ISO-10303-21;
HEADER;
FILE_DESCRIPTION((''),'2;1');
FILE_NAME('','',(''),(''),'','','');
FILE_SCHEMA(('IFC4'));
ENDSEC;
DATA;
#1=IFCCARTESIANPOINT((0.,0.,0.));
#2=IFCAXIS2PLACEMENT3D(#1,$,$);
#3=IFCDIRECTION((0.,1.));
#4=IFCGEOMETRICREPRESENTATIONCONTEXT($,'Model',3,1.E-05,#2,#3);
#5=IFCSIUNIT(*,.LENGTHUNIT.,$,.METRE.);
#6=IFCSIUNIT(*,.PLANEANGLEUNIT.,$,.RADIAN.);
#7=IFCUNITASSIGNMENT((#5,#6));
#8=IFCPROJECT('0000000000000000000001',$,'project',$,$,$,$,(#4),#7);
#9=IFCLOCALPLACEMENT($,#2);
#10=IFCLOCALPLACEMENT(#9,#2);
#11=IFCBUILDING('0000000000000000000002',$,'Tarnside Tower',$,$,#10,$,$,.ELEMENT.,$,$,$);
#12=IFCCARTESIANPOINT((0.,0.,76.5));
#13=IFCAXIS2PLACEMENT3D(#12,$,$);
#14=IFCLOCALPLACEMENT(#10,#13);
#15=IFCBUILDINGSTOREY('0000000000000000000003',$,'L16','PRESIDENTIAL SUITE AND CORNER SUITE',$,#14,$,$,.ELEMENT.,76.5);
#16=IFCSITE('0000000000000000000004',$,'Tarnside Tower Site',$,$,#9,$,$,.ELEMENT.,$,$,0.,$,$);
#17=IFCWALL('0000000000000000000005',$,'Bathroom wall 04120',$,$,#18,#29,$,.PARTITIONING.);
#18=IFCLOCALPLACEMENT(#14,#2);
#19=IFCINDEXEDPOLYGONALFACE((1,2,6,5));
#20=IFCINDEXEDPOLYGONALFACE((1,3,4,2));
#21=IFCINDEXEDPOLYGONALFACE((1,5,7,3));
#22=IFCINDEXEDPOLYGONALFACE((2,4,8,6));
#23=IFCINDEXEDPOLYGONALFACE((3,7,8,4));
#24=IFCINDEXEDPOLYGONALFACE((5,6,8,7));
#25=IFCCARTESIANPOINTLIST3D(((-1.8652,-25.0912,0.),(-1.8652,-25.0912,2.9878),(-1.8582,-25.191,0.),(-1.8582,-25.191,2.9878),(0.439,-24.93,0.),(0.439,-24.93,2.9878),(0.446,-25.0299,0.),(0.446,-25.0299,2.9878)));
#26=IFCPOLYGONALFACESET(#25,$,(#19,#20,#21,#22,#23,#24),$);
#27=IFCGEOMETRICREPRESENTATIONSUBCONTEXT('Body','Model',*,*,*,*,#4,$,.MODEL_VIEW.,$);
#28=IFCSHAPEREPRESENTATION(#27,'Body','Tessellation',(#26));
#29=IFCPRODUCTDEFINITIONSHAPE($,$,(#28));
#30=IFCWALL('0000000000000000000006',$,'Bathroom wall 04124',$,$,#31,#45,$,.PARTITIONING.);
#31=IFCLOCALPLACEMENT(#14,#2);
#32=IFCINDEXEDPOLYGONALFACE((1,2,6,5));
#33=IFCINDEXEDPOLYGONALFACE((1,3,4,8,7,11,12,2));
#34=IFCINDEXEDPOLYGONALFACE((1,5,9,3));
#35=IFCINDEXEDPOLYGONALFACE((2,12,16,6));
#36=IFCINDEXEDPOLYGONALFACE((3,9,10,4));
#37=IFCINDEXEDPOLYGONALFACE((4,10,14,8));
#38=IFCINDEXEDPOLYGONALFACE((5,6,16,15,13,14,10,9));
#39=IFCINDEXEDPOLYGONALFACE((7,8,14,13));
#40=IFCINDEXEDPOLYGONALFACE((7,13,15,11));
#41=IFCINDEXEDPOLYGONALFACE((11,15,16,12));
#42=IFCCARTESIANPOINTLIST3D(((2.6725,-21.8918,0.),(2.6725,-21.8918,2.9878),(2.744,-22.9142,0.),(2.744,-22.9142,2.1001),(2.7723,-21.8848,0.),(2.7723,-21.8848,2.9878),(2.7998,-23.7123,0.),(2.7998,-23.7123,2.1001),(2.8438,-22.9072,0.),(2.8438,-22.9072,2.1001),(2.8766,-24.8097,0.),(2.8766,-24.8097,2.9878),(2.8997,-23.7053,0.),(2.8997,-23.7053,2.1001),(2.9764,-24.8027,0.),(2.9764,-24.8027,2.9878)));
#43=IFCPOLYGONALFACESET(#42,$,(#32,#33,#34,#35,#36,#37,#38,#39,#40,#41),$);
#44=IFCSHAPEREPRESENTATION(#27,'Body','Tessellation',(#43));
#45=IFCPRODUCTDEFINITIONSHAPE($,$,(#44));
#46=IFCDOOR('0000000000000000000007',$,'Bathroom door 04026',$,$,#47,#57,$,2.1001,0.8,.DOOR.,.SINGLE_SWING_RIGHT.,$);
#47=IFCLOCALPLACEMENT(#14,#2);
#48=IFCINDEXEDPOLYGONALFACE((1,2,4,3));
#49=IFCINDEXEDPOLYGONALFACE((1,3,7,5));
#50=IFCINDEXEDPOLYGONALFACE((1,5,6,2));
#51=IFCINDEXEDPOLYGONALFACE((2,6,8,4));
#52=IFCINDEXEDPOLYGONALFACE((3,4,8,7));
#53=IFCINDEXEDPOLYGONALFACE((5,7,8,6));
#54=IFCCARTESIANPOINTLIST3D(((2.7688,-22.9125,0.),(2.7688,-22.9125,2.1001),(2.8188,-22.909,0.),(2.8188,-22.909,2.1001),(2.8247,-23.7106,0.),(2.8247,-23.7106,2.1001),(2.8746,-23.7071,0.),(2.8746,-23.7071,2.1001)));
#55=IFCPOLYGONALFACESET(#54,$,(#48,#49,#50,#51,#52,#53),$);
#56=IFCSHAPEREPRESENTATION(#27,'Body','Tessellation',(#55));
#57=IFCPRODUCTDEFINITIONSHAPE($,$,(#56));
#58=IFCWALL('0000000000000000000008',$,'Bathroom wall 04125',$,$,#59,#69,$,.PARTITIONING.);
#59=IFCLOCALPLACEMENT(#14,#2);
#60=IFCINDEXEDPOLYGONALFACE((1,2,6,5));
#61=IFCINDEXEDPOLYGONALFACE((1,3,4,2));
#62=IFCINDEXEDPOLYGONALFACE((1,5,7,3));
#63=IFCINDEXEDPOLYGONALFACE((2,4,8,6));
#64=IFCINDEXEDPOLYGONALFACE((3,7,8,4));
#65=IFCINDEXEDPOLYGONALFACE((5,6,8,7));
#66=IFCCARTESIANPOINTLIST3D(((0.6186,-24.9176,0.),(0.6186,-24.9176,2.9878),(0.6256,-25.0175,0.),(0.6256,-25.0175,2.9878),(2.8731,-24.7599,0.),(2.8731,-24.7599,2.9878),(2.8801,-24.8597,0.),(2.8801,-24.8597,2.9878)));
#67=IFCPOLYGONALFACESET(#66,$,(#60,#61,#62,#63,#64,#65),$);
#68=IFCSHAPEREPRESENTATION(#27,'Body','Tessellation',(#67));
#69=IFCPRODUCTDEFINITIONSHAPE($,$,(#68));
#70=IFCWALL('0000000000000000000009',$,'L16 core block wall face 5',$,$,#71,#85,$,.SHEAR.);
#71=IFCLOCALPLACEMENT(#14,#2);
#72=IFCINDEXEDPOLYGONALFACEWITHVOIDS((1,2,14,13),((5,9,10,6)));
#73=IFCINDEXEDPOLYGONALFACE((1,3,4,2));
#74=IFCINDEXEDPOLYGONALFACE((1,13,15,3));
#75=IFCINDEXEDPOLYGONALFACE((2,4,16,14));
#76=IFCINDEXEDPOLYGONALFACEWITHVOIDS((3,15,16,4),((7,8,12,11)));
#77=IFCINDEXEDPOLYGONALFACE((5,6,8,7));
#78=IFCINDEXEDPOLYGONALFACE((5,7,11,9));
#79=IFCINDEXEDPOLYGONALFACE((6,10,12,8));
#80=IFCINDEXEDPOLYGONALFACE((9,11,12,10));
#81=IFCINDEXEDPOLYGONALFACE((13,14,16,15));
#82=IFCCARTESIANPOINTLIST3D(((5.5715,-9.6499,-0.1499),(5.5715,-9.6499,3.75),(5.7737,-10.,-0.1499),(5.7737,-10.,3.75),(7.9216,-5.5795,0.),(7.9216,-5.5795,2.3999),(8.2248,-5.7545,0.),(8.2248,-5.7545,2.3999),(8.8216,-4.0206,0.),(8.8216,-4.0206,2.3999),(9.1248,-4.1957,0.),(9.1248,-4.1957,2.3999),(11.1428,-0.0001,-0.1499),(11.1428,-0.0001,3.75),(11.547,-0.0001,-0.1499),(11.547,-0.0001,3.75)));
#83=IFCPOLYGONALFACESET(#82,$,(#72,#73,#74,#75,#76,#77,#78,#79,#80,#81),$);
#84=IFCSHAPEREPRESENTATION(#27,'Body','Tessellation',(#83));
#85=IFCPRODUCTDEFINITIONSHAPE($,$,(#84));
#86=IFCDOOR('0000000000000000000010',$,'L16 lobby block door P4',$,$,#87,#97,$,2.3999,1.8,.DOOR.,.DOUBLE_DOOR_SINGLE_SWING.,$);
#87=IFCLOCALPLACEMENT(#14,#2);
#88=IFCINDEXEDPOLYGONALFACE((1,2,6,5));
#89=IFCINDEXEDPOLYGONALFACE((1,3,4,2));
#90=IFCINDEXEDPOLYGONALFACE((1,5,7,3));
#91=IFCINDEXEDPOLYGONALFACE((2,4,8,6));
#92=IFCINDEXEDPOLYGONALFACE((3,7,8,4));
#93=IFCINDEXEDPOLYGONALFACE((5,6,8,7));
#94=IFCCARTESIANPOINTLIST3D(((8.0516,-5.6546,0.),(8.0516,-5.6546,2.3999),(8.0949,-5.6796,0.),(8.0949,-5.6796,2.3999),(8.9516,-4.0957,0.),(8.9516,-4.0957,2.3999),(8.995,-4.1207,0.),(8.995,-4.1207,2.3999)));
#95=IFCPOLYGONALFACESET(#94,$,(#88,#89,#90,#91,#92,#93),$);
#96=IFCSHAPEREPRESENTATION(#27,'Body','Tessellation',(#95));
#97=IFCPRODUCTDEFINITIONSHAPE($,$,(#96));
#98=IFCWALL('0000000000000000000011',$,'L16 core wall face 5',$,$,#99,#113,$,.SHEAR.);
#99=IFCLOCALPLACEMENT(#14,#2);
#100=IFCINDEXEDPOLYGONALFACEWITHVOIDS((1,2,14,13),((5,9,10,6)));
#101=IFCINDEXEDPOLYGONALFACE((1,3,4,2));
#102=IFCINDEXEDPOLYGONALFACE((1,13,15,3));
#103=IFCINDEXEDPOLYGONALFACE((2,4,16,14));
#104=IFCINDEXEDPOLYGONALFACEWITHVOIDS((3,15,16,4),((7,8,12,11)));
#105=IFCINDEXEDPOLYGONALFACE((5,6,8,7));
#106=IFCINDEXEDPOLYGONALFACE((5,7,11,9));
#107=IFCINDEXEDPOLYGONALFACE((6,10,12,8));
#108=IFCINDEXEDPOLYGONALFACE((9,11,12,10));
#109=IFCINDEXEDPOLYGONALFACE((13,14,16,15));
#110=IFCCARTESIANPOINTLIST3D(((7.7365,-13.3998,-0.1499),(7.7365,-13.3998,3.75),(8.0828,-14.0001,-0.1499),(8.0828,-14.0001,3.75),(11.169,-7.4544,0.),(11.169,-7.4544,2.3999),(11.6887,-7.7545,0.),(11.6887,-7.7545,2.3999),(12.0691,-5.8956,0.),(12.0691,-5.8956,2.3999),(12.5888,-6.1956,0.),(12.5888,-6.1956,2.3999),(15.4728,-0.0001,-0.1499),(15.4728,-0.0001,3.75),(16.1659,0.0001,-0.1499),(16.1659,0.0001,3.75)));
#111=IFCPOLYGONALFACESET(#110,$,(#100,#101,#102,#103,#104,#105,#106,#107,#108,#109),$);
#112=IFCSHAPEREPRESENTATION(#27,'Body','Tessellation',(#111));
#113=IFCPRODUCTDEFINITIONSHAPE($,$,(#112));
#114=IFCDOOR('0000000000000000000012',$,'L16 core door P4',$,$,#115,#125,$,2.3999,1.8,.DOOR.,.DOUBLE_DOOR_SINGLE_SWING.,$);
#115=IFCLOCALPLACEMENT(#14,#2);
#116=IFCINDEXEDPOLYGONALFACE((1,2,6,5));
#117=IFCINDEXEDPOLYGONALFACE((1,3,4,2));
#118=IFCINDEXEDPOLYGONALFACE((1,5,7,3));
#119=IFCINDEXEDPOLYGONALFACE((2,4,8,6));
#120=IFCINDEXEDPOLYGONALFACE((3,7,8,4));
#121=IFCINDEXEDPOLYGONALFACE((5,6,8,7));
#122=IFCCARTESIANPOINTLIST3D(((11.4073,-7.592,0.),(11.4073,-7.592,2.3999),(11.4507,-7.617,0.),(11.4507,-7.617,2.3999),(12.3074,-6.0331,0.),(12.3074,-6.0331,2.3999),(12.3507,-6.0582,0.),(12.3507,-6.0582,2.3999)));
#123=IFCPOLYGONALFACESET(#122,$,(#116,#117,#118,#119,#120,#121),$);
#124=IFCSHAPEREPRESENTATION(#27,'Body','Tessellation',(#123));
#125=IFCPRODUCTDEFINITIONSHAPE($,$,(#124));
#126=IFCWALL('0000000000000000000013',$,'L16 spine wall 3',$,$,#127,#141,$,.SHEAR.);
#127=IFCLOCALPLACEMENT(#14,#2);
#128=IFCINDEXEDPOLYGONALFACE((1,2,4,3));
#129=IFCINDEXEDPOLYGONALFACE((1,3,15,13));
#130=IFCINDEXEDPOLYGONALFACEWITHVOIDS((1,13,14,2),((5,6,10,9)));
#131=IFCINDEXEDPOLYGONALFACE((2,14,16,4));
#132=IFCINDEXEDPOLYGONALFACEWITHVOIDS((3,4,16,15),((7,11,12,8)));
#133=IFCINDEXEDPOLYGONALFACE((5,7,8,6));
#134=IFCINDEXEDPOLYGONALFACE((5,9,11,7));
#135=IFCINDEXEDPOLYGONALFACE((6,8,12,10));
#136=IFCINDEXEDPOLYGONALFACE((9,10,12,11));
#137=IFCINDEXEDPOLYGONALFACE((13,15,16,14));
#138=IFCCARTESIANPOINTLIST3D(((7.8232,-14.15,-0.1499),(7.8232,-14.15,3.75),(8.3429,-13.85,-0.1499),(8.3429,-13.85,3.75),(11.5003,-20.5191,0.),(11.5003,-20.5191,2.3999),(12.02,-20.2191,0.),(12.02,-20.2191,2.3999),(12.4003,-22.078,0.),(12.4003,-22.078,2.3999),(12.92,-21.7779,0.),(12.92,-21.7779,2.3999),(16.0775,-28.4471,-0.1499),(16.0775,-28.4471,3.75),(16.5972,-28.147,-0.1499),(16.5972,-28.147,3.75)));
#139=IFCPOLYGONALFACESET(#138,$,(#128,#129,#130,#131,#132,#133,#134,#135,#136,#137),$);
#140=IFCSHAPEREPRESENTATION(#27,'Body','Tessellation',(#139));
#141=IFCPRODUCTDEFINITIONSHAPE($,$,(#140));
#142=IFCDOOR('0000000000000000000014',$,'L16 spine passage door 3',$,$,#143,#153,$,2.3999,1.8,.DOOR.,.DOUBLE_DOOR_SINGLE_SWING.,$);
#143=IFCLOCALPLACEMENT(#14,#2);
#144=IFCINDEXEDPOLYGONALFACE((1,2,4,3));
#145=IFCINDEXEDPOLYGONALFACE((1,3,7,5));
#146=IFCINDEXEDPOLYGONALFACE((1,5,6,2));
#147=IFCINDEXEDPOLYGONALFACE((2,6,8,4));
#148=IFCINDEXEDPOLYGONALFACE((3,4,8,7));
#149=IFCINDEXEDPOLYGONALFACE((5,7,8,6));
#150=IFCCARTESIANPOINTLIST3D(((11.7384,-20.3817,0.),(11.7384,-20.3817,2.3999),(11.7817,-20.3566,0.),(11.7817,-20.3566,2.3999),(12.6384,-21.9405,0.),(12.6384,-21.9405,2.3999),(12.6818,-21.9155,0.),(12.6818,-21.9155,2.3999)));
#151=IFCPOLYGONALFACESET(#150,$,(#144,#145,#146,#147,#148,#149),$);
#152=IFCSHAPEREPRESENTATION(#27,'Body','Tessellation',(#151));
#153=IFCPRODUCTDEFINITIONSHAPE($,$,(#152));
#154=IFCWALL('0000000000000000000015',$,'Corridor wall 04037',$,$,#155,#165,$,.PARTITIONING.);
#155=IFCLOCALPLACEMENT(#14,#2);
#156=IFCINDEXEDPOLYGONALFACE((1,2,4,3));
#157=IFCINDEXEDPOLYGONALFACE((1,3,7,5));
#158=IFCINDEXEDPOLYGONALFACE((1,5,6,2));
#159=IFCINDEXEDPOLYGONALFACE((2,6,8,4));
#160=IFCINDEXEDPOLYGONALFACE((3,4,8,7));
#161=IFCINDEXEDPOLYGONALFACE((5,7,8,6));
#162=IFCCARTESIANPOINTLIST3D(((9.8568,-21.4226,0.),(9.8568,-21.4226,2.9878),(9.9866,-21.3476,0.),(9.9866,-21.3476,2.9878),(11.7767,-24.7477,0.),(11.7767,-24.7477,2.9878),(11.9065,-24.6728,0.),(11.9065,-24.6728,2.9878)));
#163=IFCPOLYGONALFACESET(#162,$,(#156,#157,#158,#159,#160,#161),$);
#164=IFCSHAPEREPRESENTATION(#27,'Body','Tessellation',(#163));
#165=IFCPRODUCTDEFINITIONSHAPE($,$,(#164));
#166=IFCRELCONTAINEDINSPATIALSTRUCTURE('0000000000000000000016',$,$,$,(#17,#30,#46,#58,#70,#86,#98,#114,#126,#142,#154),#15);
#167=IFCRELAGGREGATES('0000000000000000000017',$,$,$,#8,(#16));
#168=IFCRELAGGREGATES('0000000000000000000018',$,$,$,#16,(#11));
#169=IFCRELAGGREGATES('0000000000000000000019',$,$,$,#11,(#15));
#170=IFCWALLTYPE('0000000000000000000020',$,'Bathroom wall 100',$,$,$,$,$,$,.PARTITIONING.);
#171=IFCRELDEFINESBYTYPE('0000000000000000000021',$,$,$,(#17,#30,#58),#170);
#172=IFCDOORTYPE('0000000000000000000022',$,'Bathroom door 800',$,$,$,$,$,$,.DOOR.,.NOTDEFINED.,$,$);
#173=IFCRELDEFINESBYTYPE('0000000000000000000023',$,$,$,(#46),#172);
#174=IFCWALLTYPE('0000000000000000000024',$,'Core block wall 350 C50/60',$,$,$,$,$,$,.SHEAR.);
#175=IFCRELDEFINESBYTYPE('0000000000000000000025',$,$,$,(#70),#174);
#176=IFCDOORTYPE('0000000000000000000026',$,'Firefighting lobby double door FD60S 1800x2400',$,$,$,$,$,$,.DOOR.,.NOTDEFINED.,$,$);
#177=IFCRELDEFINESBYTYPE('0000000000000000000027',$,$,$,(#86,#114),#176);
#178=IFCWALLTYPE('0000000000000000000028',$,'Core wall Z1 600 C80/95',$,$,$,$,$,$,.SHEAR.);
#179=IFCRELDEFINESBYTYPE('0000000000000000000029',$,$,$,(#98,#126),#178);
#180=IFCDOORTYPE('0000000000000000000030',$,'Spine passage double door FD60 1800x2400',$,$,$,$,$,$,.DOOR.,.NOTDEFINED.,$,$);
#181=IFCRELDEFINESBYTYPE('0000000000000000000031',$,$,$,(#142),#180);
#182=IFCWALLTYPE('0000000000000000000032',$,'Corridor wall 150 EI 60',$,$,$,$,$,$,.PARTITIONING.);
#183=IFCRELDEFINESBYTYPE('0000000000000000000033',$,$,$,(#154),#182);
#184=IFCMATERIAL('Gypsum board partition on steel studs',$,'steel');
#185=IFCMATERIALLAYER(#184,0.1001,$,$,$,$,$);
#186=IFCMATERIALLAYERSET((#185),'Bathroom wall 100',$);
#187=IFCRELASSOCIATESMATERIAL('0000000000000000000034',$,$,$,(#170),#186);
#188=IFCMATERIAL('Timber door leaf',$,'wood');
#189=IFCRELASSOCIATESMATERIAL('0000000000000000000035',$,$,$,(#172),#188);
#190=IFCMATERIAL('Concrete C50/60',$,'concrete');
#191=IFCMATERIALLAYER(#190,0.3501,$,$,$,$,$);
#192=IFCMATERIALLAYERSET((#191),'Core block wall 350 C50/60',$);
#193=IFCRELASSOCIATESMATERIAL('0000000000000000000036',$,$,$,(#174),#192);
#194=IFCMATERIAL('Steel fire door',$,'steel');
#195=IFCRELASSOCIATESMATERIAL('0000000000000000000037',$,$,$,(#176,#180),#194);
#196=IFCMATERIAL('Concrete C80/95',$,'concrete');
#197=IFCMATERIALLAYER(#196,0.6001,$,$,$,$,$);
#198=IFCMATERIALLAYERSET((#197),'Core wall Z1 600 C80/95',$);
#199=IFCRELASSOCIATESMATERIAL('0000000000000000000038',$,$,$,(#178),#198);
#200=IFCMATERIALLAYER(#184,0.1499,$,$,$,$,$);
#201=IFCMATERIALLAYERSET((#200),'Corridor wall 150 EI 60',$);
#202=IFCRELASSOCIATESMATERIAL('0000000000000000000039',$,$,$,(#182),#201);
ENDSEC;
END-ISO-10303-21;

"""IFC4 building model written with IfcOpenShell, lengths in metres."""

from ifc_helpers import new_model, si_unit, direction, frame, frame_2d, origin, place, context, subcontext, project, spatial, polyline, rectangle, outline, extrude, material, layer, layer_set, type_object, element, fill, save


model = new_model("IFC4")

# Units and contexts
model_context = context("Model", 3, precision=1e-05, world=origin(), true_north=direction((0.0, 1.0)))
body_context = subcontext(model_context, "Body", "Model", "MODEL_VIEW")
ifc_project = project(units=[si_unit("LENGTHUNIT", "METRE"), si_unit("PLANEANGLEUNIT", "RADIAN")], contexts=[model_context])

# Site, building, storey
site_placement = place(None, origin())
site = spatial("IfcSite", under=ifc_project, at=site_placement, Name="Tarnside Tower Site", CompositionType="ELEMENT", RefElevation=0.0)
building_placement = place(site_placement, origin())
building = spatial("IfcBuilding", under=site, at=building_placement, Name="Tarnside Tower", CompositionType="ELEMENT")
storey_placement = place(building_placement, frame((0.0, 0.0, 76.5)))
storey = spatial("IfcBuildingStorey", under=building, at=storey_placement, Name="L16", Description="PRESIDENTIAL SUITE AND CORNER SUITE", CompositionType="ELEMENT", Elevation=76.5)

# Wall
ifc_material_1 = material(Name="Gypsum board partition on steel studs", Category="steel")
ifc_layer_1 = layer(ifc_material_1, 0.1001)
ifc_layer_set_1 = layer_set([ifc_layer_1], Name="Bathroom wall 100")
wall_type_1 = type_object("IfcWallType", Name="Bathroom wall 100", PredefinedType="PARTITIONING", material=ifc_layer_set_1)
wall_1_placement = place(storey_placement, frame((0.4424, -24.98, 0.0), z_axis=(0.0, 0.0, 1.0), x_axis=(-0.997564, -0.06976, 0.0)))
element("IfcWall", 1, at=wall_1_placement, inside=storey, type_object=wall_type_1, Name="Bathroom wall 04120", PredefinedType="PARTITIONING", context=body_context, shape_type="SweptSolid", body=[
    extrude(rectangle(XDim=2.3098, YDim=0.1001, at=frame_2d((1.1548, 0.0))), origin(), (0.0, 0.0, 1.0), 2.9878),
])

# Wall, opening, door
wall_2_placement = place(storey_placement, frame((2.7224, -21.8884, 0.0), z_axis=(0.0, 0.0, 1.0), x_axis=(0.069776, -0.997563, 0.0)))
wall_2 = element("IfcWall", 2, at=wall_2_placement, inside=storey, type_object=wall_type_1, Name="Bathroom wall 04124", PredefinedType="PARTITIONING", context=body_context, shape_type="SweptSolid", body=[
    extrude(rectangle(XDim=2.925, YDim=0.1001, at=frame_2d((1.4624, 0.0))), origin(), (0.0, 0.0, 1.0), 2.9878),
])
opening_1_placement = place(wall_2_placement, frame((1.0249, 0.0, 0.0)))
opening_1 = element("IfcOpeningElement", 3, at=opening_1_placement, cuts=wall_2, PredefinedType="OPENING", context=body_context, shape_type="SweptSolid", body=[
    extrude(rectangle(XDim=0.8, YDim=2.1001, at=frame_2d((0.3999, 1.05))), frame((0.0, 0.0601, 0.0), z_axis=(0.0, -1.0, 0.0), x_axis=(1.0, 0.0, 0.0)), (0.0, 0.0, 1.0), 0.1201),
])
ifc_material_2 = material(Name="Timber door leaf", Category="wood")
door_type_1 = type_object("IfcDoorType", Name="Bathroom door 800", OperationType="NOTDEFINED", PredefinedType="DOOR", material=ifc_material_2)
door_1_placement = place(opening_1_placement, origin())
door_1 = element("IfcDoor", 4, at=door_1_placement, inside=storey, type_object=door_type_1, Name="Bathroom door 04026", OperationType="SINGLE_SWING_RIGHT", OverallHeight=2.1001, OverallWidth=0.8, PredefinedType="DOOR", context=body_context, shape_type="SweptSolid", body=[
    extrude(rectangle(XDim=0.8, YDim=2.1001, at=frame_2d((0.3999, 1.05))), frame((0.0, 0.0249, 0.0), z_axis=(0.0, -1.0, 0.0), x_axis=(1.0, 0.0, 0.0)), (0.0, 0.0, 1.0), 0.05),
])
fill(opening_1, door_1)

# Wall
wall_3_placement = place(storey_placement, frame((2.8765, -24.8098, 0.0), z_axis=(0.0, 0.0, 1.0), x_axis=(-0.997562, -0.069788, 0.0)))
element("IfcWall", 5, at=wall_3_placement, inside=storey, type_object=wall_type_1, Name="Bathroom wall 04125", PredefinedType="PARTITIONING", context=body_context, shape_type="SweptSolid", body=[
    extrude(rectangle(XDim=2.26, YDim=0.1001, at=frame_2d((1.1299, 0.0))), origin(), (0.0, 0.0, 1.0), 2.9878),
])

# Walls, openings, doors
ifc_material_3 = material(Name="Concrete C50/60", Category="concrete")
ifc_layer_2 = layer(ifc_material_3, 0.3501)
ifc_layer_set_2 = layer_set([ifc_layer_2], Name="Core block wall 350 C50/60")
wall_type_2 = type_object("IfcWallType", Name="Core block wall 350 C50/60", PredefinedType="SHEAR", material=ifc_layer_set_2)
wall_4_placement = place(storey_placement, frame((5.6726, -9.825, -0.1499), z_axis=(0.0, 0.0, 1.0), x_axis=(0.499995, 0.866028, 0.0)))
wall_4 = element("IfcWall", 6, at=wall_4_placement, inside=storey, type_object=wall_type_2, Name="L16 core block wall face 5", PredefinedType="SHEAR", context=body_context, shape_type="SweptSolid", body=[
    extrude(outline(polyline([(-0.1011, -0.175), (11.4458, -0.175), (11.2437, 0.175), (0.1011, 0.175), (-0.1011, -0.175)])), origin(), (0.0, 0.0, 1.0), 3.8999),
])
opening_2_placement = place(wall_4_placement, frame((4.8013, 0.0, 0.1499)))
opening_2 = element("IfcOpeningElement", 7, at=opening_2_placement, cuts=wall_4, PredefinedType="OPENING", context=body_context, shape_type="SweptSolid", body=[
    extrude(rectangle(XDim=1.8, YDim=2.3999, at=frame_2d((0.8999, 1.2))), frame((0.0, 0.1851, 0.0), z_axis=(0.0, -1.0, 0.0), x_axis=(1.0, 0.0, 0.0)), (0.0, 0.0, 1.0), 0.3701),
])
ifc_material_4 = material(Name="Steel fire door", Category="steel")
door_type_2 = type_object("IfcDoorType", Name="Firefighting lobby double door FD60S 1800x2400", OperationType="NOTDEFINED", PredefinedType="DOOR", material=ifc_material_4)
door_2_placement = place(opening_2_placement, origin())
door_2 = element("IfcDoor", 8, at=door_2_placement, inside=storey, type_object=door_type_2, Name="L16 lobby block door P4", OperationType="DOUBLE_DOOR_SINGLE_SWING", OverallHeight=2.3999, OverallWidth=1.8, PredefinedType="DOOR", context=body_context, shape_type="SweptSolid", body=[
    extrude(rectangle(XDim=1.8, YDim=2.3999, at=frame_2d((0.8999, 1.2))), frame((0.0, 0.0249, 0.0), z_axis=(0.0, -1.0, 0.0), x_axis=(1.0, 0.0, 0.0)), (0.0, 0.0, 1.0), 0.05),
])
fill(opening_2, door_2)
ifc_material_5 = material(Name="Concrete C80/95", Category="concrete")
ifc_layer_3 = layer(ifc_material_5, 0.6001)
ifc_layer_set_3 = layer_set([ifc_layer_3], Name="Core wall Z1 600 C80/95")
wall_type_3 = type_object("IfcWallType", Name="Core wall Z1 600 C80/95", PredefinedType="SHEAR", material=ifc_layer_set_3)
wall_5_placement = place(storey_placement, frame((7.9097, -13.7, -0.1499), z_axis=(0.0, 0.0, 1.0), x_axis=(0.5, 0.866025, 0.0)))
wall_5 = element("IfcWall", 9, at=wall_5_placement, inside=storey, type_object=wall_type_3, Name="L16 core wall face 5", PredefinedType="SHEAR", context=body_context, shape_type="SweptSolid", body=[
    extrude(outline(polyline([(-0.1733, -0.3), (15.9927, -0.3), (15.646, 0.3), (0.1733, 0.3), (-0.1733, -0.3)])), origin(), (0.0, 0.0, 1.0), 3.8999),
])
opening_3_placement = place(wall_5_placement, frame((7.0386, 0.0, 0.1499)))
opening_3 = element("IfcOpeningElement", 10, at=opening_3_placement, cuts=wall_5, PredefinedType="OPENING", context=body_context, shape_type="SweptSolid", body=[
    extrude(rectangle(XDim=1.8, YDim=2.3999, at=frame_2d((0.8999, 1.2))), frame((0.0, 0.3101, 0.0), z_axis=(0.0, -1.0, 0.0), x_axis=(1.0, 0.0, 0.0)), (0.0, 0.0, 1.0), 0.6201),
])
door_3_placement = place(opening_3_placement, origin())
door_3 = element("IfcDoor", 11, at=door_3_placement, inside=storey, type_object=door_type_2, Name="L16 core door P4", OperationType="DOUBLE_DOOR_SINGLE_SWING", OverallHeight=2.3999, OverallWidth=1.8, PredefinedType="DOOR", context=body_context, shape_type="SweptSolid", body=[
    extrude(rectangle(XDim=1.8, YDim=2.3999, at=frame_2d((0.8999, 1.2))), frame((0.0, 0.0249, 0.0), z_axis=(0.0, -1.0, 0.0), x_axis=(1.0, 0.0, 0.0)), (0.0, 0.0, 1.0), 0.05),
])
fill(opening_3, door_3)
wall_6_placement = place(storey_placement, frame((8.083, -14.0, -0.1499), z_axis=(0.0, 0.0, 1.0), x_axis=(0.499998, -0.866027, 0.0)))
wall_6 = element("IfcWall", 12, at=wall_6_placement, inside=storey, type_object=wall_type_3, Name="L16 spine wall 3", PredefinedType="SHEAR", context=body_context, shape_type="SweptSolid", body=[
    extrude(rectangle(XDim=16.5088, YDim=0.6001, at=frame_2d((8.2544, 0.0))), origin(), (0.0, 0.0, 1.0), 3.8999),
])
opening_4_placement = place(wall_6_placement, frame((7.3545, 0.0, 0.1499)))
opening_4 = element("IfcOpeningElement", 13, at=opening_4_placement, cuts=wall_6, PredefinedType="OPENING", context=body_context, shape_type="SweptSolid", body=[
    extrude(rectangle(XDim=1.8, YDim=2.3999, at=frame_2d((0.8999, 1.2))), frame((0.0, 0.3101, 0.0), z_axis=(0.0, -1.0, 0.0), x_axis=(1.0, 0.0, 0.0)), (0.0, 0.0, 1.0), 0.6201),
])
door_type_3 = type_object("IfcDoorType", Name="Spine passage double door FD60 1800x2400", OperationType="NOTDEFINED", PredefinedType="DOOR", material=ifc_material_4)
door_4_placement = place(opening_4_placement, origin())
door_4 = element("IfcDoor", 14, at=door_4_placement, inside=storey, type_object=door_type_3, Name="L16 spine passage door 3", OperationType="DOUBLE_DOOR_SINGLE_SWING", OverallHeight=2.3999, OverallWidth=1.8, PredefinedType="DOOR", context=body_context, shape_type="SweptSolid", body=[
    extrude(rectangle(XDim=1.8, YDim=2.3999, at=frame_2d((0.8999, 1.2))), frame((0.0, 0.0249, 0.0), z_axis=(0.0, -1.0, 0.0), x_axis=(1.0, 0.0, 0.0)), (0.0, 0.0, 1.0), 0.05),
])
fill(opening_4, door_4)

# Wall
ifc_layer_4 = layer(ifc_material_1, 0.1499)
ifc_layer_set_4 = layer_set([ifc_layer_4], Name="Corridor wall 150 EI 60")
wall_type_4 = type_object("IfcWallType", Name="Corridor wall 150 EI 60", PredefinedType="PARTITIONING", material=ifc_layer_set_4)
wall_7_placement = place(storey_placement, frame((9.9216, -21.385, 0.0), z_axis=(0.0, 0.0, 1.0), x_axis=(0.500023, -0.866012, 0.0)))
element("IfcWall", 15, at=wall_7_placement, inside=storey, type_object=wall_type_4, Name="Corridor wall 04037", PredefinedType="PARTITIONING", context=body_context, shape_type="SweptSolid", body=[
    extrude(rectangle(XDim=3.8396, YDim=0.1499, at=frame_2d((1.9199, 0.0))), origin(), (0.0, 0.0, 1.0), 2.9878),
])

save(model, "model.ifc")
